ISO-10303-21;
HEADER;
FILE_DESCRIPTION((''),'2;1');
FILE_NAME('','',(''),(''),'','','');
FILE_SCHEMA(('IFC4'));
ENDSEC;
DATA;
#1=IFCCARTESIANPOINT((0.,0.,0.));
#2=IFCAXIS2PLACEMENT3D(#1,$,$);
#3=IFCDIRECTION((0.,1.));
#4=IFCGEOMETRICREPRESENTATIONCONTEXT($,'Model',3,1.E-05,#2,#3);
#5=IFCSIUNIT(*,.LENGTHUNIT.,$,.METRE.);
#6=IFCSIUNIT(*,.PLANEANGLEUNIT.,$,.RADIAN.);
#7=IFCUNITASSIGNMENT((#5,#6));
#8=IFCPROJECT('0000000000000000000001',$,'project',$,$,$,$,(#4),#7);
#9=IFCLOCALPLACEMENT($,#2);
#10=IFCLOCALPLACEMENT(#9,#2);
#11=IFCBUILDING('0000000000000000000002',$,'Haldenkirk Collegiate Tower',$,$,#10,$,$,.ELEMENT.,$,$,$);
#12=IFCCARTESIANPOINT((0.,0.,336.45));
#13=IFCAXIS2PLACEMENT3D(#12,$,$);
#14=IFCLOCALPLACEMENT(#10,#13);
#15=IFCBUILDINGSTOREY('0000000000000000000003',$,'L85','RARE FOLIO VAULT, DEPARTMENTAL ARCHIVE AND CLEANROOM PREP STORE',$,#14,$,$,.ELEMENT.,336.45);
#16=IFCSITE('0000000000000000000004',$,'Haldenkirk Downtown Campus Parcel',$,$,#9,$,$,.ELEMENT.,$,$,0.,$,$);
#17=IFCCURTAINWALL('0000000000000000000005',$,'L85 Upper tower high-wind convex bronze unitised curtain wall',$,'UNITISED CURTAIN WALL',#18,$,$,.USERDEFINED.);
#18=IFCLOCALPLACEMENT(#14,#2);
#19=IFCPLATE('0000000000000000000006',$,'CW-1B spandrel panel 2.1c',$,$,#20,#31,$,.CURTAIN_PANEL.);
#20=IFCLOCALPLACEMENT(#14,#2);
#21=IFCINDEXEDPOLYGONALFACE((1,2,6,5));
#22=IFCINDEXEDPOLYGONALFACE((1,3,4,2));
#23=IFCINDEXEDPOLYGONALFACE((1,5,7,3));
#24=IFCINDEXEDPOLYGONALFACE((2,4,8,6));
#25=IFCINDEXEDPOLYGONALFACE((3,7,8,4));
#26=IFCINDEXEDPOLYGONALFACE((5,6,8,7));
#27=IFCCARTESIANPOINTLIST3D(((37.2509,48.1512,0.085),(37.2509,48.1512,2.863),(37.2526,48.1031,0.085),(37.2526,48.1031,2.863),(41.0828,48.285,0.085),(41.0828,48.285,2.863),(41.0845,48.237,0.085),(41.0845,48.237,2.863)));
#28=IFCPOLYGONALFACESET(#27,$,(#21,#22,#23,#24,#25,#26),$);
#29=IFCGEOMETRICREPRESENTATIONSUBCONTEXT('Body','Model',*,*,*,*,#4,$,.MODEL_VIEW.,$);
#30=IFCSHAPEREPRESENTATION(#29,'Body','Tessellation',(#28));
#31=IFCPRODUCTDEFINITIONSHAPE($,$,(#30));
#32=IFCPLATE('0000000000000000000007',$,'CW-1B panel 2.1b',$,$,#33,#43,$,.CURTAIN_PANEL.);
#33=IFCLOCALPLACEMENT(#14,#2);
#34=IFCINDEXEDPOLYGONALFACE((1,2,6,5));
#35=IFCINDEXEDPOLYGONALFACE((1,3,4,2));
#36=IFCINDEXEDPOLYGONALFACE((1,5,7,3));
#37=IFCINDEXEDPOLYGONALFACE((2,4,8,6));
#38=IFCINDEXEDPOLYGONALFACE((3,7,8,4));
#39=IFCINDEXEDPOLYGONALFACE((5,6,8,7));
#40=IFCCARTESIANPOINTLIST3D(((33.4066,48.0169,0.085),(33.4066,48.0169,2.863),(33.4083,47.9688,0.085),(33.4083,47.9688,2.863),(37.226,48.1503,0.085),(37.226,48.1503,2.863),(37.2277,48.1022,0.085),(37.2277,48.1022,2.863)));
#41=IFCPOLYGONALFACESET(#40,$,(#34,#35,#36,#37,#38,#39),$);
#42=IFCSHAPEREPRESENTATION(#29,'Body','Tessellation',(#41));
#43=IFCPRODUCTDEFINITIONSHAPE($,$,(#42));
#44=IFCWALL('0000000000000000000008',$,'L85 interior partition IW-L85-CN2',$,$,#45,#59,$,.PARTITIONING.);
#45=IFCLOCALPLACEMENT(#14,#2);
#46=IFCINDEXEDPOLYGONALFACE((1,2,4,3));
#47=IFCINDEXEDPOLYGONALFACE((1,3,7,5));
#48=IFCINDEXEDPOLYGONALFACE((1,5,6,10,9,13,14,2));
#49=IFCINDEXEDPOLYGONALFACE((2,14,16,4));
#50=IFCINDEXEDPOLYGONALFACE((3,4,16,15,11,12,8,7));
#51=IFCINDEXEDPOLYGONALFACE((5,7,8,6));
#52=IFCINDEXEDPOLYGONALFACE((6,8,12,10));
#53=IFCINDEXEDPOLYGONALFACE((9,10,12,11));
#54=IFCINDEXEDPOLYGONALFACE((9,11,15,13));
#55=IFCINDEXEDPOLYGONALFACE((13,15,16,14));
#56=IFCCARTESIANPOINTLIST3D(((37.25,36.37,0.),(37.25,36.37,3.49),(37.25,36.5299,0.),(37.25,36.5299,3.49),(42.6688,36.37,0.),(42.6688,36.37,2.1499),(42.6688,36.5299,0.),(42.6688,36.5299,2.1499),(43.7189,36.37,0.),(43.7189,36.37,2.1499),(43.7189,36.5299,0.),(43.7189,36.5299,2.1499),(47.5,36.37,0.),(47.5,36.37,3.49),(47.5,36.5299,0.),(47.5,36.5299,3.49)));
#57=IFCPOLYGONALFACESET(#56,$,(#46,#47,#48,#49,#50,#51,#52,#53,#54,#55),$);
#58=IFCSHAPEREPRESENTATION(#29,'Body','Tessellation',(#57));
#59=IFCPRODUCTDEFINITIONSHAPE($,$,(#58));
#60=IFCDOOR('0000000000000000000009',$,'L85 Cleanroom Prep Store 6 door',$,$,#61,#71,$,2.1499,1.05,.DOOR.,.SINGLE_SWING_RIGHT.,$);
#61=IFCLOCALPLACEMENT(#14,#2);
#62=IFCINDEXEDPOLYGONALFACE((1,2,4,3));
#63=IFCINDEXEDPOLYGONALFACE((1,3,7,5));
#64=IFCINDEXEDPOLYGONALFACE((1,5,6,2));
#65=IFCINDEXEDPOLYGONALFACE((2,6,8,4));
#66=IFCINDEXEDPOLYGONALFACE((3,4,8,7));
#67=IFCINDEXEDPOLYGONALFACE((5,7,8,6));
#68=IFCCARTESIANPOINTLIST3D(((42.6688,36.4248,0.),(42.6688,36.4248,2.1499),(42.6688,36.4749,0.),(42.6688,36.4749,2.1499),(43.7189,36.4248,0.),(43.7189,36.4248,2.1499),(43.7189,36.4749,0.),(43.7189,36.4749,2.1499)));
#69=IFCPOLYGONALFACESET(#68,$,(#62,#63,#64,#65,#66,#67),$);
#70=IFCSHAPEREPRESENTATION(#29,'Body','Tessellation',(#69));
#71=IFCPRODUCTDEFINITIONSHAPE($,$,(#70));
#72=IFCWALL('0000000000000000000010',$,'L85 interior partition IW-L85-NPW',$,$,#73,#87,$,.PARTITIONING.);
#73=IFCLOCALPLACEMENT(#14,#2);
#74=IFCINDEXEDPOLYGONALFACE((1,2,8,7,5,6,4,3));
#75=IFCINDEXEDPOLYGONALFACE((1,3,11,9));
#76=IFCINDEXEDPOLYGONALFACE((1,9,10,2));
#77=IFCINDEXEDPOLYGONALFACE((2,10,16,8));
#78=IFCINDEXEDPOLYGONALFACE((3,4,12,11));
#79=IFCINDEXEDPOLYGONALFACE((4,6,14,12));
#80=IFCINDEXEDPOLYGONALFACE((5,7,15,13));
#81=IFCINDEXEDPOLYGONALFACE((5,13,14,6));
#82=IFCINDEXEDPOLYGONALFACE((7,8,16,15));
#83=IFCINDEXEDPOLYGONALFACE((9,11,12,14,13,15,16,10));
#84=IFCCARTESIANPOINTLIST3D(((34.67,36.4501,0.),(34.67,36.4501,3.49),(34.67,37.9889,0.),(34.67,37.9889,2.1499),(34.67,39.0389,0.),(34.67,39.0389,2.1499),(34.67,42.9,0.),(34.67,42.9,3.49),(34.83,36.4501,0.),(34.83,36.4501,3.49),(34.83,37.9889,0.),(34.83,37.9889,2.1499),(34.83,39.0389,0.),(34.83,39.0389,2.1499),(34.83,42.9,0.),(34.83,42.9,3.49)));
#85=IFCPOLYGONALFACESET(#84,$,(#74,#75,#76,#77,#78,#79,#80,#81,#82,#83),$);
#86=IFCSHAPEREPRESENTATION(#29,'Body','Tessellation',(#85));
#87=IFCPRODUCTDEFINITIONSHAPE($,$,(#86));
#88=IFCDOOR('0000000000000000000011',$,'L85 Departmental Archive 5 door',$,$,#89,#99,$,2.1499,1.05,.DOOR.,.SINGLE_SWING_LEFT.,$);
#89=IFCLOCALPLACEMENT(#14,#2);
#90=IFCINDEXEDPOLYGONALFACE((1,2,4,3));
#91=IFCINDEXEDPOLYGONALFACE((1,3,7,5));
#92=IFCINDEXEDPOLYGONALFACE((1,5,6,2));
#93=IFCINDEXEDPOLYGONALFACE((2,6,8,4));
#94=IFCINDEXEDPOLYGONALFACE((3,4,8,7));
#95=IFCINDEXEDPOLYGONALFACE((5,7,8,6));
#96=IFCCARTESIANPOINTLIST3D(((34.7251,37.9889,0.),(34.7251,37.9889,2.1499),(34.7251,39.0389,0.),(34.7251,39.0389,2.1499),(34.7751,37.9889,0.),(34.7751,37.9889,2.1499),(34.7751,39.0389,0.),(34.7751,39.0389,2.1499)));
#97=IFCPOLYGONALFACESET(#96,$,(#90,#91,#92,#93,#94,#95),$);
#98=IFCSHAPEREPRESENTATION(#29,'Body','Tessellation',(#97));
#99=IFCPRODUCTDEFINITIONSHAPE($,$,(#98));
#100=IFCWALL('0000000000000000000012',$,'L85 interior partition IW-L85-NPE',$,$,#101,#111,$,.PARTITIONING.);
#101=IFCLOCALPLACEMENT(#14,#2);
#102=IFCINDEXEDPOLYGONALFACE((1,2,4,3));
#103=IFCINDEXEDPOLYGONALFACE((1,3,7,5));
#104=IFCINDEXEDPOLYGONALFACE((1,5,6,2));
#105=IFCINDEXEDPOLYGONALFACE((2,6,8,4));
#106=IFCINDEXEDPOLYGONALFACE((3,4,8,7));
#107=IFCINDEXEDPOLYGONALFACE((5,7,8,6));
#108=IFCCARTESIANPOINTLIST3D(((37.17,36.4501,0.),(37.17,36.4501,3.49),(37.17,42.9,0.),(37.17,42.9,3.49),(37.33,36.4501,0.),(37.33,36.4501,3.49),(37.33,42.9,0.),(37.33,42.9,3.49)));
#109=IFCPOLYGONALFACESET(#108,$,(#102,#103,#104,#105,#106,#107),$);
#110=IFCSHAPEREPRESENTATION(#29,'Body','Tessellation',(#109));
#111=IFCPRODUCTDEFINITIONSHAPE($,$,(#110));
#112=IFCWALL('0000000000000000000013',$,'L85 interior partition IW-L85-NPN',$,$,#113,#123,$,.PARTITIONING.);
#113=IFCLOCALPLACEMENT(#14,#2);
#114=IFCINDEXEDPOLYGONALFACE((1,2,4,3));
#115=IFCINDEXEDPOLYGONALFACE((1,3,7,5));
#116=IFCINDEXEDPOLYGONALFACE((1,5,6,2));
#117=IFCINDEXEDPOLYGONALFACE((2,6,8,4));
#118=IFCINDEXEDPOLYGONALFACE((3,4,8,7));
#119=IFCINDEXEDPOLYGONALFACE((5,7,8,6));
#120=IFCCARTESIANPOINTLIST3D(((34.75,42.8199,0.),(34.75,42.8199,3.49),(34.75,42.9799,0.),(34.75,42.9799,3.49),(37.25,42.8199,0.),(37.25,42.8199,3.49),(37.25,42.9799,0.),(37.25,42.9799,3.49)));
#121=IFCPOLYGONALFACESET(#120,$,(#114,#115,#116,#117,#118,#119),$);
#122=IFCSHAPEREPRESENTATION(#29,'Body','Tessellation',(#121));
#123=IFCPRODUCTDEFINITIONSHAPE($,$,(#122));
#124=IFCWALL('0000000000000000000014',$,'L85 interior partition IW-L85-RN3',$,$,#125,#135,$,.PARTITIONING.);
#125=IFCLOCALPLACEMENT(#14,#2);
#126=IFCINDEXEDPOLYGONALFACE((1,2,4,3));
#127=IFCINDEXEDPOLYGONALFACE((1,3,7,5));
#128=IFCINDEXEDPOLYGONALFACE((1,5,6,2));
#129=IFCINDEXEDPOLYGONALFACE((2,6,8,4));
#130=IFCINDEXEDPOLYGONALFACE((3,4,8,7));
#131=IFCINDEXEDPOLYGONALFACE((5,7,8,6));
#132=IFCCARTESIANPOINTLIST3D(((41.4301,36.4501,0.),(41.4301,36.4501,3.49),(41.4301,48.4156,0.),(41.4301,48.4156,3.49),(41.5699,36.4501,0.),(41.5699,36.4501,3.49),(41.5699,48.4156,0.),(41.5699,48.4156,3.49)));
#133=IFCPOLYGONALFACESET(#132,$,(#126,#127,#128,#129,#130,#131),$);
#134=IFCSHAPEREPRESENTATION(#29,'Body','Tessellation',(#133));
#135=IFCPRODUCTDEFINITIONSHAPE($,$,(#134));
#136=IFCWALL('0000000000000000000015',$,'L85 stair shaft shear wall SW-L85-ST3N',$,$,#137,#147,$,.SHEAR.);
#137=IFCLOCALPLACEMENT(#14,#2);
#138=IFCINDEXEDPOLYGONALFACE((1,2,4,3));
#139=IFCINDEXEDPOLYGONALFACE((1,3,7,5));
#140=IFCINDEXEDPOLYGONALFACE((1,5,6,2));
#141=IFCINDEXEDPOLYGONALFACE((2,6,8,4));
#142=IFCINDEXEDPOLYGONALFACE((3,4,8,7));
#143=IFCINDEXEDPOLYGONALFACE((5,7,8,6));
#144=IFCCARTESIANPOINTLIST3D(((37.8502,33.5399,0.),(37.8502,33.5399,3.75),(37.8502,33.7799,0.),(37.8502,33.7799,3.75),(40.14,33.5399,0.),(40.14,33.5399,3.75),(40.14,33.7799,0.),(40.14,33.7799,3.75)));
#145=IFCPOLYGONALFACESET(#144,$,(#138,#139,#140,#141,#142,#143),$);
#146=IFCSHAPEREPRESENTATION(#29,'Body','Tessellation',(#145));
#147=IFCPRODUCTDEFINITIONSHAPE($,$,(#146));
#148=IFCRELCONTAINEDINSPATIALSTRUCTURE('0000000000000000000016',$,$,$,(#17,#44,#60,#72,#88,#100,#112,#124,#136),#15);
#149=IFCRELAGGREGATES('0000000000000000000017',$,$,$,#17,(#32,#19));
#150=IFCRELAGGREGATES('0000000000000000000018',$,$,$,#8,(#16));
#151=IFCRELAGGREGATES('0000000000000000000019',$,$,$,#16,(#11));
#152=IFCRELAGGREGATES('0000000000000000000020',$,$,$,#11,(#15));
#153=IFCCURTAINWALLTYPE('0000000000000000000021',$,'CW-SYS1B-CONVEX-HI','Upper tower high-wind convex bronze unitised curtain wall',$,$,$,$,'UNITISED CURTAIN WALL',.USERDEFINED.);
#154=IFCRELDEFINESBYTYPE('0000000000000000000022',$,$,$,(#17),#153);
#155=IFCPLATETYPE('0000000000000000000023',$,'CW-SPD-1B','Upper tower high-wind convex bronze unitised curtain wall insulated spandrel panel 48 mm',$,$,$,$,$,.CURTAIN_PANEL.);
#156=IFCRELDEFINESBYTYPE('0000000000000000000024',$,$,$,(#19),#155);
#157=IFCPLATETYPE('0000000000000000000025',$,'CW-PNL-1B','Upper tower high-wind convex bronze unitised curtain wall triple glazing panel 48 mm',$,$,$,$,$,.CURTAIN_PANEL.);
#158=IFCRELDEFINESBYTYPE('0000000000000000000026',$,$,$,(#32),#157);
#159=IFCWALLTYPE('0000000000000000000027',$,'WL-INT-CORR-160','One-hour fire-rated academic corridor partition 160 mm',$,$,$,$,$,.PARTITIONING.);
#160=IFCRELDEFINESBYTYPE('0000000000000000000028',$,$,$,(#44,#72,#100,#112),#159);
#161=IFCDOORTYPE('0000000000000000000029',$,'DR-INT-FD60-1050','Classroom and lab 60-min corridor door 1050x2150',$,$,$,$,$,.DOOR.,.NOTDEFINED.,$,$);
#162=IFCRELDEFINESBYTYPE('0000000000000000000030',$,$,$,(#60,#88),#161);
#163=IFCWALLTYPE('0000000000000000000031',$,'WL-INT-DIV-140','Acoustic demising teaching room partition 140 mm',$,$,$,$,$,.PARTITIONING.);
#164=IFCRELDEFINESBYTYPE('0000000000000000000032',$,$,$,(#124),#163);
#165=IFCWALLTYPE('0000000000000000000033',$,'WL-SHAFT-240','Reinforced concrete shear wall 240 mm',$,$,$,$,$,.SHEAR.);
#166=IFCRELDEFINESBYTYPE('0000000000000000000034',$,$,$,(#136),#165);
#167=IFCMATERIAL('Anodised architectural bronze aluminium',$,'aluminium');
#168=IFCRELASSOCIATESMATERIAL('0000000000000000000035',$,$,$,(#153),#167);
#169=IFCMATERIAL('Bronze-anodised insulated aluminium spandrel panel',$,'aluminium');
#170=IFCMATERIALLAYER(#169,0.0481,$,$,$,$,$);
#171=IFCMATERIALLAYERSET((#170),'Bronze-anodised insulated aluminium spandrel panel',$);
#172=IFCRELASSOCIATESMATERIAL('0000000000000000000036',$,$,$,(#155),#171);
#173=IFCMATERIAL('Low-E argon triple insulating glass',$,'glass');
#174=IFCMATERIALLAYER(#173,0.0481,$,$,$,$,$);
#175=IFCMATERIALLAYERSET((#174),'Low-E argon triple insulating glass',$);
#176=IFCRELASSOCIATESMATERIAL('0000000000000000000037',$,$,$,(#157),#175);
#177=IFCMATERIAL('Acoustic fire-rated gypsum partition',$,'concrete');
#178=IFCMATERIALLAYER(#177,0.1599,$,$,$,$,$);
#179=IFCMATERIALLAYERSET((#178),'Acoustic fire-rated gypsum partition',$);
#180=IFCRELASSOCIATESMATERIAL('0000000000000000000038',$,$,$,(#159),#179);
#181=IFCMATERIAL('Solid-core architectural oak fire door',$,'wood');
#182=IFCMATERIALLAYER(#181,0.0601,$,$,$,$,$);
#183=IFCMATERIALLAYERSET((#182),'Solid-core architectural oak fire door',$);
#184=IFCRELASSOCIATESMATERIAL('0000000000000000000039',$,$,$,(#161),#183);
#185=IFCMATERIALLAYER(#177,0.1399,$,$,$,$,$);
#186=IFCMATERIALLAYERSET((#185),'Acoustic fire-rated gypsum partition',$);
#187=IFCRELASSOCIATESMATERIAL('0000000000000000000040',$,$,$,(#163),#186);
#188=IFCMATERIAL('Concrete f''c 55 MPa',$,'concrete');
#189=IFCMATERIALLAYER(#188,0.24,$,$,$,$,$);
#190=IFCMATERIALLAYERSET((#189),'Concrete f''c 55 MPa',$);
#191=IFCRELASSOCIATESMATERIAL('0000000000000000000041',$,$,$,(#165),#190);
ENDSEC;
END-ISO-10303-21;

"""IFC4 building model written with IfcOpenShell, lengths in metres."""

from ifc_helpers import new_model, si_unit, direction, frame, frame_2d, origin, origin_2d, place, context, subcontext, project, spatial, rectangle, extrude, source, transform, mapped, material, layer, layer_set, type_object, element, fill, aggregate, save


model = new_model("IFC4")

# Units and contexts
model_context = context("Model", 3, precision=1e-05, world=origin(), true_north=direction((0.0, 1.0)))
body_context = subcontext(model_context, "Body", "Model", "MODEL_VIEW")
ifc_project = project(units=[si_unit("LENGTHUNIT", "METRE"), si_unit("PLANEANGLEUNIT", "RADIAN")], contexts=[model_context])

# Site, building, storey
site_placement = place(None, origin())
site = spatial("IfcSite", under=ifc_project, at=site_placement, Name="Haldenkirk Downtown Campus Parcel", CompositionType="ELEMENT", RefElevation=0.0)
building_placement = place(site_placement, origin())
building = spatial("IfcBuilding", under=site, at=building_placement, Name="Haldenkirk Collegiate Tower", CompositionType="ELEMENT")
storey_placement = place(building_placement, frame((0.0, 0.0, 336.45)))
storey = spatial("IfcBuildingStorey", under=building, at=storey_placement, Name="L85", Description="RARE FOLIO VAULT, DEPARTMENTAL ARCHIVE AND CLEANROOM PREP STORE", CompositionType="ELEMENT", Elevation=336.45)

# Curtain wall, plates
ifc_material_1 = material(Name="Anodised architectural bronze aluminium", Category="aluminium")
curtain_wall_type = type_object("IfcCurtainWallType", Name="CW-SYS1B-CONVEX-HI", Description="Upper tower high-wind convex bronze unitised curtain wall", ElementType="UNITISED CURTAIN WALL", PredefinedType="USERDEFINED", material=ifc_material_1)
curtain_wall_placement = place(storey_placement, origin())
curtain_wall = element("IfcCurtainWall", 1, at=curtain_wall_placement, inside=storey, type_object=curtain_wall_type, Name="L85 Upper tower high-wind convex bronze unitised curtain wall", ObjectType="UNITISED CURTAIN WALL", PredefinedType="USERDEFINED")
ifc_material_2 = material(Name="Bronze-anodised insulated aluminium spandrel panel", Category="aluminium")
ifc_layer_1 = layer(ifc_material_2, 0.0481)
ifc_layer_set_1 = layer_set([ifc_layer_1], Name="Bronze-anodised insulated aluminium spandrel panel")
plate_type_1 = type_object("IfcPlateType", Name="CW-SPD-1B", Description="Upper tower high-wind convex bronze unitised curtain wall insulated spandrel panel 48 mm", PredefinedType="CURTAIN_PANEL", material=ifc_layer_set_1)
ifc_material_3 = material(Name="Low-E argon triple insulating glass", Category="glass")
ifc_layer_2 = layer(ifc_material_3, 0.0481)
ifc_layer_set_2 = layer_set([ifc_layer_2], Name="Low-E argon triple insulating glass")
plate_type_2 = type_object("IfcPlateType", Name="CW-PNL-1B", Description="Upper tower high-wind convex bronze unitised curtain wall triple glazing panel 48 mm", PredefinedType="CURTAIN_PANEL", material=ifc_layer_set_2)
shared_shape_1 = source(origin(), body_context, "Body", "SweptSolid", [
    extrude(rectangle(XDim=3.8342, YDim=0.0481, at=origin_2d()), origin(), (0.0, 0.0, 1.0), 2.7781),
])
plate_1_placement = place(storey_placement, frame((39.1677, 48.1941, 0.085), z_axis=(0.0, 0.0, 1.0), x_axis=(0.999391, 0.034902, 0.0)))
plate_1 = element("IfcPlate", 2, at=plate_1_placement, type_object=plate_type_1, Name="CW-1B spandrel panel 2.1c", PredefinedType="CURTAIN_PANEL", context=body_context, shape_type="MappedRepresentation", body=[
    mapped(shared_shape_1, transform((0.0, 0.0, 0.0), x_axis=(1.0, 0.0, 0.0), y_axis=(0.0, 1.0, 0.0), z_axis=(0.0, 0.0, 1.0), scale=1.0)),
])
shared_shape_2 = source(origin(), body_context, "Body", "SweptSolid", [
    extrude(rectangle(XDim=3.8218, YDim=0.0481, at=origin_2d()), origin(), (0.0, 0.0, 1.0), 2.7781),
])
plate_2_placement = place(storey_placement, frame((35.3171, 48.0596, 0.085), z_axis=(0.0, 0.0, 1.0), x_axis=(0.999391, 0.034902, 0.0)))
plate_2 = element("IfcPlate", 3, at=plate_2_placement, type_object=plate_type_2, Name="CW-1B panel 2.1b", PredefinedType="CURTAIN_PANEL", context=body_context, shape_type="MappedRepresentation", body=[
    mapped(shared_shape_2, transform((0.0, 0.0, 0.0), x_axis=(1.0, 0.0, 0.0), y_axis=(0.0, 1.0, 0.0), z_axis=(0.0, 0.0, 1.0), scale=1.0)),
])
aggregate(curtain_wall, [plate_2, plate_1])

# Walls, openings, doors
ifc_material_4 = material(Name="Acoustic fire-rated gypsum partition", Category="concrete")
ifc_layer_3 = layer(ifc_material_4, 0.1599)
ifc_layer_set_3 = layer_set([ifc_layer_3], Name="Acoustic fire-rated gypsum partition")
wall_type_1 = type_object("IfcWallType", Name="WL-INT-CORR-160", Description="One-hour fire-rated academic corridor partition 160 mm", PredefinedType="PARTITIONING", material=ifc_layer_set_3)
wall_1_placement = place(storey_placement, frame((37.25, 36.45, 0.0), z_axis=(0.0, 0.0, 1.0), x_axis=(1.0, 0.0, 0.0)))
wall_1 = element("IfcWall", 4, at=wall_1_placement, inside=storey, type_object=wall_type_1, Name="L85 interior partition IW-L85-CN2", PredefinedType="PARTITIONING", context=body_context, shape_type="SweptSolid", body=[
    extrude(rectangle(XDim=10.25, YDim=0.1599, at=frame_2d((5.125, 0.0))), origin(), (0.0, 0.0, 1.0), 3.49),
])
opening_1_placement = place(wall_1_placement, frame((5.4189, 0.0, 0.0)))
opening_1 = element("IfcOpeningElement", 5, at=opening_1_placement, cuts=wall_1, PredefinedType="OPENING", context=body_context, shape_type="SweptSolid", body=[
    extrude(rectangle(XDim=1.05, YDim=2.1499, at=frame_2d((0.5249, 1.075))), frame((0.0, 0.0898, 0.0), z_axis=(0.0, -1.0, 0.0), x_axis=(1.0, 0.0, 0.0)), (0.0, 0.0, 1.0), 0.1799),
])
ifc_material_5 = material(Name="Solid-core architectural oak fire door", Category="wood")
ifc_layer_4 = layer(ifc_material_5, 0.0601)
ifc_layer_set_4 = layer_set([ifc_layer_4], Name="Solid-core architectural oak fire door")
door_type = type_object("IfcDoorType", Name="DR-INT-FD60-1050", Description="Classroom and lab 60-min corridor door 1050x2150", OperationType="NOTDEFINED", PredefinedType="DOOR", material=ifc_layer_set_4)
door_1_placement = place(opening_1_placement, origin())
door_1 = element("IfcDoor", 6, at=door_1_placement, inside=storey, type_object=door_type, Name="L85 Cleanroom Prep Store 6 door", OperationType="SINGLE_SWING_RIGHT", OverallHeight=2.1499, OverallWidth=1.05, PredefinedType="DOOR", context=body_context, shape_type="SweptSolid", body=[
    extrude(rectangle(XDim=1.05, YDim=2.1499, at=frame_2d((0.5249, 1.075))), frame((0.0, 0.0249, 0.0), z_axis=(0.0, -1.0, 0.0), x_axis=(1.0, 0.0, 0.0)), (0.0, 0.0, 1.0), 0.05),
])
fill(opening_1, door_1)
wall_2_placement = place(storey_placement, frame((34.75, 36.45, 0.0), z_axis=(0.0, 0.0, 1.0), x_axis=(0.0, 1.0, 0.0)))
wall_2 = element("IfcWall", 7, at=wall_2_placement, inside=storey, type_object=wall_type_1, Name="L85 interior partition IW-L85-NPW", PredefinedType="PARTITIONING", context=body_context, shape_type="SweptSolid", body=[
    extrude(rectangle(XDim=6.45, YDim=0.1599, at=frame_2d((3.2251, 0.0))), origin(), (0.0, 0.0, 1.0), 3.49),
])
opening_2_placement = place(wall_2_placement, frame((1.5391, 0.0, 0.0)))
opening_2 = element("IfcOpeningElement", 8, at=opening_2_placement, cuts=wall_2, PredefinedType="OPENING", context=body_context, shape_type="SweptSolid", body=[
    extrude(rectangle(XDim=1.05, YDim=2.1499, at=frame_2d((0.5249, 1.075))), frame((0.0, 0.0898, 0.0), z_axis=(0.0, -1.0, 0.0), x_axis=(1.0, 0.0, 0.0)), (0.0, 0.0, 1.0), 0.1799),
])
door_2_placement = place(opening_2_placement, origin())
door_2 = element("IfcDoor", 9, at=door_2_placement, inside=storey, type_object=door_type, Name="L85 Departmental Archive 5 door", OperationType="SINGLE_SWING_LEFT", OverallHeight=2.1499, OverallWidth=1.05, PredefinedType="DOOR", context=body_context, shape_type="SweptSolid", body=[
    extrude(rectangle(XDim=1.05, YDim=2.1499, at=frame_2d((0.5249, 1.075))), frame((0.0, 0.0249, 0.0), z_axis=(0.0, -1.0, 0.0), x_axis=(1.0, 0.0, 0.0)), (0.0, 0.0, 1.0), 0.05),
])
fill(opening_2, door_2)

# Walls
wall_3_placement = place(storey_placement, frame((37.25, 36.45, 0.0), z_axis=(0.0, 0.0, 1.0), x_axis=(0.0, 1.0, 0.0)))
element("IfcWall", 10, at=wall_3_placement, inside=storey, type_object=wall_type_1, Name="L85 interior partition IW-L85-NPE", PredefinedType="PARTITIONING", context=body_context, shape_type="SweptSolid", body=[
    extrude(rectangle(XDim=6.45, YDim=0.1599, at=frame_2d((3.2251, 0.0))), origin(), (0.0, 0.0, 1.0), 3.49),
])
wall_4_placement = place(storey_placement, frame((34.75, 42.8999, 0.0), z_axis=(0.0, 0.0, 1.0), x_axis=(1.0, 0.0, 0.0)))
element("IfcWall", 11, at=wall_4_placement, inside=storey, type_object=wall_type_1, Name="L85 interior partition IW-L85-NPN", PredefinedType="PARTITIONING", context=body_context, shape_type="SweptSolid", body=[
    extrude(rectangle(XDim=2.5, YDim=0.1599, at=frame_2d((1.25, 0.0))), origin(), (0.0, 0.0, 1.0), 3.49),
])
ifc_layer_5 = layer(ifc_material_4, 0.1399)
ifc_layer_set_5 = layer_set([ifc_layer_5], Name="Acoustic fire-rated gypsum partition")
wall_type_2 = type_object("IfcWallType", Name="WL-INT-DIV-140", Description="Acoustic demising teaching room partition 140 mm", PredefinedType="PARTITIONING", material=ifc_layer_set_5)
wall_5_placement = place(storey_placement, frame((41.5, 36.45, 0.0), z_axis=(0.0, 0.0, 1.0), x_axis=(0.0, 1.0, 0.0)))
element("IfcWall", 12, at=wall_5_placement, inside=storey, type_object=wall_type_2, Name="L85 interior partition IW-L85-RN3", PredefinedType="PARTITIONING", context=body_context, shape_type="SweptSolid", body=[
    extrude(rectangle(XDim=11.9656, YDim=0.1399, at=frame_2d((5.9829, 0.0))), origin(), (0.0, 0.0, 1.0), 3.49),
])
ifc_material_6 = material(Name="Concrete f'c 55 MPa", Category="concrete")
ifc_layer_6 = layer(ifc_material_6, 0.24)
ifc_layer_set_6 = layer_set([ifc_layer_6], Name="Concrete f'c 55 MPa")
wall_type_3 = type_object("IfcWallType", Name="WL-SHAFT-240", Description="Reinforced concrete shear wall 240 mm", PredefinedType="SHEAR", material=ifc_layer_set_6)
wall_6_placement = place(storey_placement, frame((37.8501, 33.6599, 0.0), z_axis=(0.0, 0.0, 1.0), x_axis=(1.0, 0.0, 0.0)))
element("IfcWall", 13, at=wall_6_placement, inside=storey, type_object=wall_type_3, Name="L85 stair shaft shear wall SW-L85-ST3N", PredefinedType="SHEAR", context=body_context, shape_type="SweptSolid", body=[
    extrude(rectangle(XDim=2.2898, YDim=0.24, at=frame_2d((1.145, 0.0))), origin(), (0.0, 0.0, 1.0), 3.75),
])

save(model, "model.ifc")
